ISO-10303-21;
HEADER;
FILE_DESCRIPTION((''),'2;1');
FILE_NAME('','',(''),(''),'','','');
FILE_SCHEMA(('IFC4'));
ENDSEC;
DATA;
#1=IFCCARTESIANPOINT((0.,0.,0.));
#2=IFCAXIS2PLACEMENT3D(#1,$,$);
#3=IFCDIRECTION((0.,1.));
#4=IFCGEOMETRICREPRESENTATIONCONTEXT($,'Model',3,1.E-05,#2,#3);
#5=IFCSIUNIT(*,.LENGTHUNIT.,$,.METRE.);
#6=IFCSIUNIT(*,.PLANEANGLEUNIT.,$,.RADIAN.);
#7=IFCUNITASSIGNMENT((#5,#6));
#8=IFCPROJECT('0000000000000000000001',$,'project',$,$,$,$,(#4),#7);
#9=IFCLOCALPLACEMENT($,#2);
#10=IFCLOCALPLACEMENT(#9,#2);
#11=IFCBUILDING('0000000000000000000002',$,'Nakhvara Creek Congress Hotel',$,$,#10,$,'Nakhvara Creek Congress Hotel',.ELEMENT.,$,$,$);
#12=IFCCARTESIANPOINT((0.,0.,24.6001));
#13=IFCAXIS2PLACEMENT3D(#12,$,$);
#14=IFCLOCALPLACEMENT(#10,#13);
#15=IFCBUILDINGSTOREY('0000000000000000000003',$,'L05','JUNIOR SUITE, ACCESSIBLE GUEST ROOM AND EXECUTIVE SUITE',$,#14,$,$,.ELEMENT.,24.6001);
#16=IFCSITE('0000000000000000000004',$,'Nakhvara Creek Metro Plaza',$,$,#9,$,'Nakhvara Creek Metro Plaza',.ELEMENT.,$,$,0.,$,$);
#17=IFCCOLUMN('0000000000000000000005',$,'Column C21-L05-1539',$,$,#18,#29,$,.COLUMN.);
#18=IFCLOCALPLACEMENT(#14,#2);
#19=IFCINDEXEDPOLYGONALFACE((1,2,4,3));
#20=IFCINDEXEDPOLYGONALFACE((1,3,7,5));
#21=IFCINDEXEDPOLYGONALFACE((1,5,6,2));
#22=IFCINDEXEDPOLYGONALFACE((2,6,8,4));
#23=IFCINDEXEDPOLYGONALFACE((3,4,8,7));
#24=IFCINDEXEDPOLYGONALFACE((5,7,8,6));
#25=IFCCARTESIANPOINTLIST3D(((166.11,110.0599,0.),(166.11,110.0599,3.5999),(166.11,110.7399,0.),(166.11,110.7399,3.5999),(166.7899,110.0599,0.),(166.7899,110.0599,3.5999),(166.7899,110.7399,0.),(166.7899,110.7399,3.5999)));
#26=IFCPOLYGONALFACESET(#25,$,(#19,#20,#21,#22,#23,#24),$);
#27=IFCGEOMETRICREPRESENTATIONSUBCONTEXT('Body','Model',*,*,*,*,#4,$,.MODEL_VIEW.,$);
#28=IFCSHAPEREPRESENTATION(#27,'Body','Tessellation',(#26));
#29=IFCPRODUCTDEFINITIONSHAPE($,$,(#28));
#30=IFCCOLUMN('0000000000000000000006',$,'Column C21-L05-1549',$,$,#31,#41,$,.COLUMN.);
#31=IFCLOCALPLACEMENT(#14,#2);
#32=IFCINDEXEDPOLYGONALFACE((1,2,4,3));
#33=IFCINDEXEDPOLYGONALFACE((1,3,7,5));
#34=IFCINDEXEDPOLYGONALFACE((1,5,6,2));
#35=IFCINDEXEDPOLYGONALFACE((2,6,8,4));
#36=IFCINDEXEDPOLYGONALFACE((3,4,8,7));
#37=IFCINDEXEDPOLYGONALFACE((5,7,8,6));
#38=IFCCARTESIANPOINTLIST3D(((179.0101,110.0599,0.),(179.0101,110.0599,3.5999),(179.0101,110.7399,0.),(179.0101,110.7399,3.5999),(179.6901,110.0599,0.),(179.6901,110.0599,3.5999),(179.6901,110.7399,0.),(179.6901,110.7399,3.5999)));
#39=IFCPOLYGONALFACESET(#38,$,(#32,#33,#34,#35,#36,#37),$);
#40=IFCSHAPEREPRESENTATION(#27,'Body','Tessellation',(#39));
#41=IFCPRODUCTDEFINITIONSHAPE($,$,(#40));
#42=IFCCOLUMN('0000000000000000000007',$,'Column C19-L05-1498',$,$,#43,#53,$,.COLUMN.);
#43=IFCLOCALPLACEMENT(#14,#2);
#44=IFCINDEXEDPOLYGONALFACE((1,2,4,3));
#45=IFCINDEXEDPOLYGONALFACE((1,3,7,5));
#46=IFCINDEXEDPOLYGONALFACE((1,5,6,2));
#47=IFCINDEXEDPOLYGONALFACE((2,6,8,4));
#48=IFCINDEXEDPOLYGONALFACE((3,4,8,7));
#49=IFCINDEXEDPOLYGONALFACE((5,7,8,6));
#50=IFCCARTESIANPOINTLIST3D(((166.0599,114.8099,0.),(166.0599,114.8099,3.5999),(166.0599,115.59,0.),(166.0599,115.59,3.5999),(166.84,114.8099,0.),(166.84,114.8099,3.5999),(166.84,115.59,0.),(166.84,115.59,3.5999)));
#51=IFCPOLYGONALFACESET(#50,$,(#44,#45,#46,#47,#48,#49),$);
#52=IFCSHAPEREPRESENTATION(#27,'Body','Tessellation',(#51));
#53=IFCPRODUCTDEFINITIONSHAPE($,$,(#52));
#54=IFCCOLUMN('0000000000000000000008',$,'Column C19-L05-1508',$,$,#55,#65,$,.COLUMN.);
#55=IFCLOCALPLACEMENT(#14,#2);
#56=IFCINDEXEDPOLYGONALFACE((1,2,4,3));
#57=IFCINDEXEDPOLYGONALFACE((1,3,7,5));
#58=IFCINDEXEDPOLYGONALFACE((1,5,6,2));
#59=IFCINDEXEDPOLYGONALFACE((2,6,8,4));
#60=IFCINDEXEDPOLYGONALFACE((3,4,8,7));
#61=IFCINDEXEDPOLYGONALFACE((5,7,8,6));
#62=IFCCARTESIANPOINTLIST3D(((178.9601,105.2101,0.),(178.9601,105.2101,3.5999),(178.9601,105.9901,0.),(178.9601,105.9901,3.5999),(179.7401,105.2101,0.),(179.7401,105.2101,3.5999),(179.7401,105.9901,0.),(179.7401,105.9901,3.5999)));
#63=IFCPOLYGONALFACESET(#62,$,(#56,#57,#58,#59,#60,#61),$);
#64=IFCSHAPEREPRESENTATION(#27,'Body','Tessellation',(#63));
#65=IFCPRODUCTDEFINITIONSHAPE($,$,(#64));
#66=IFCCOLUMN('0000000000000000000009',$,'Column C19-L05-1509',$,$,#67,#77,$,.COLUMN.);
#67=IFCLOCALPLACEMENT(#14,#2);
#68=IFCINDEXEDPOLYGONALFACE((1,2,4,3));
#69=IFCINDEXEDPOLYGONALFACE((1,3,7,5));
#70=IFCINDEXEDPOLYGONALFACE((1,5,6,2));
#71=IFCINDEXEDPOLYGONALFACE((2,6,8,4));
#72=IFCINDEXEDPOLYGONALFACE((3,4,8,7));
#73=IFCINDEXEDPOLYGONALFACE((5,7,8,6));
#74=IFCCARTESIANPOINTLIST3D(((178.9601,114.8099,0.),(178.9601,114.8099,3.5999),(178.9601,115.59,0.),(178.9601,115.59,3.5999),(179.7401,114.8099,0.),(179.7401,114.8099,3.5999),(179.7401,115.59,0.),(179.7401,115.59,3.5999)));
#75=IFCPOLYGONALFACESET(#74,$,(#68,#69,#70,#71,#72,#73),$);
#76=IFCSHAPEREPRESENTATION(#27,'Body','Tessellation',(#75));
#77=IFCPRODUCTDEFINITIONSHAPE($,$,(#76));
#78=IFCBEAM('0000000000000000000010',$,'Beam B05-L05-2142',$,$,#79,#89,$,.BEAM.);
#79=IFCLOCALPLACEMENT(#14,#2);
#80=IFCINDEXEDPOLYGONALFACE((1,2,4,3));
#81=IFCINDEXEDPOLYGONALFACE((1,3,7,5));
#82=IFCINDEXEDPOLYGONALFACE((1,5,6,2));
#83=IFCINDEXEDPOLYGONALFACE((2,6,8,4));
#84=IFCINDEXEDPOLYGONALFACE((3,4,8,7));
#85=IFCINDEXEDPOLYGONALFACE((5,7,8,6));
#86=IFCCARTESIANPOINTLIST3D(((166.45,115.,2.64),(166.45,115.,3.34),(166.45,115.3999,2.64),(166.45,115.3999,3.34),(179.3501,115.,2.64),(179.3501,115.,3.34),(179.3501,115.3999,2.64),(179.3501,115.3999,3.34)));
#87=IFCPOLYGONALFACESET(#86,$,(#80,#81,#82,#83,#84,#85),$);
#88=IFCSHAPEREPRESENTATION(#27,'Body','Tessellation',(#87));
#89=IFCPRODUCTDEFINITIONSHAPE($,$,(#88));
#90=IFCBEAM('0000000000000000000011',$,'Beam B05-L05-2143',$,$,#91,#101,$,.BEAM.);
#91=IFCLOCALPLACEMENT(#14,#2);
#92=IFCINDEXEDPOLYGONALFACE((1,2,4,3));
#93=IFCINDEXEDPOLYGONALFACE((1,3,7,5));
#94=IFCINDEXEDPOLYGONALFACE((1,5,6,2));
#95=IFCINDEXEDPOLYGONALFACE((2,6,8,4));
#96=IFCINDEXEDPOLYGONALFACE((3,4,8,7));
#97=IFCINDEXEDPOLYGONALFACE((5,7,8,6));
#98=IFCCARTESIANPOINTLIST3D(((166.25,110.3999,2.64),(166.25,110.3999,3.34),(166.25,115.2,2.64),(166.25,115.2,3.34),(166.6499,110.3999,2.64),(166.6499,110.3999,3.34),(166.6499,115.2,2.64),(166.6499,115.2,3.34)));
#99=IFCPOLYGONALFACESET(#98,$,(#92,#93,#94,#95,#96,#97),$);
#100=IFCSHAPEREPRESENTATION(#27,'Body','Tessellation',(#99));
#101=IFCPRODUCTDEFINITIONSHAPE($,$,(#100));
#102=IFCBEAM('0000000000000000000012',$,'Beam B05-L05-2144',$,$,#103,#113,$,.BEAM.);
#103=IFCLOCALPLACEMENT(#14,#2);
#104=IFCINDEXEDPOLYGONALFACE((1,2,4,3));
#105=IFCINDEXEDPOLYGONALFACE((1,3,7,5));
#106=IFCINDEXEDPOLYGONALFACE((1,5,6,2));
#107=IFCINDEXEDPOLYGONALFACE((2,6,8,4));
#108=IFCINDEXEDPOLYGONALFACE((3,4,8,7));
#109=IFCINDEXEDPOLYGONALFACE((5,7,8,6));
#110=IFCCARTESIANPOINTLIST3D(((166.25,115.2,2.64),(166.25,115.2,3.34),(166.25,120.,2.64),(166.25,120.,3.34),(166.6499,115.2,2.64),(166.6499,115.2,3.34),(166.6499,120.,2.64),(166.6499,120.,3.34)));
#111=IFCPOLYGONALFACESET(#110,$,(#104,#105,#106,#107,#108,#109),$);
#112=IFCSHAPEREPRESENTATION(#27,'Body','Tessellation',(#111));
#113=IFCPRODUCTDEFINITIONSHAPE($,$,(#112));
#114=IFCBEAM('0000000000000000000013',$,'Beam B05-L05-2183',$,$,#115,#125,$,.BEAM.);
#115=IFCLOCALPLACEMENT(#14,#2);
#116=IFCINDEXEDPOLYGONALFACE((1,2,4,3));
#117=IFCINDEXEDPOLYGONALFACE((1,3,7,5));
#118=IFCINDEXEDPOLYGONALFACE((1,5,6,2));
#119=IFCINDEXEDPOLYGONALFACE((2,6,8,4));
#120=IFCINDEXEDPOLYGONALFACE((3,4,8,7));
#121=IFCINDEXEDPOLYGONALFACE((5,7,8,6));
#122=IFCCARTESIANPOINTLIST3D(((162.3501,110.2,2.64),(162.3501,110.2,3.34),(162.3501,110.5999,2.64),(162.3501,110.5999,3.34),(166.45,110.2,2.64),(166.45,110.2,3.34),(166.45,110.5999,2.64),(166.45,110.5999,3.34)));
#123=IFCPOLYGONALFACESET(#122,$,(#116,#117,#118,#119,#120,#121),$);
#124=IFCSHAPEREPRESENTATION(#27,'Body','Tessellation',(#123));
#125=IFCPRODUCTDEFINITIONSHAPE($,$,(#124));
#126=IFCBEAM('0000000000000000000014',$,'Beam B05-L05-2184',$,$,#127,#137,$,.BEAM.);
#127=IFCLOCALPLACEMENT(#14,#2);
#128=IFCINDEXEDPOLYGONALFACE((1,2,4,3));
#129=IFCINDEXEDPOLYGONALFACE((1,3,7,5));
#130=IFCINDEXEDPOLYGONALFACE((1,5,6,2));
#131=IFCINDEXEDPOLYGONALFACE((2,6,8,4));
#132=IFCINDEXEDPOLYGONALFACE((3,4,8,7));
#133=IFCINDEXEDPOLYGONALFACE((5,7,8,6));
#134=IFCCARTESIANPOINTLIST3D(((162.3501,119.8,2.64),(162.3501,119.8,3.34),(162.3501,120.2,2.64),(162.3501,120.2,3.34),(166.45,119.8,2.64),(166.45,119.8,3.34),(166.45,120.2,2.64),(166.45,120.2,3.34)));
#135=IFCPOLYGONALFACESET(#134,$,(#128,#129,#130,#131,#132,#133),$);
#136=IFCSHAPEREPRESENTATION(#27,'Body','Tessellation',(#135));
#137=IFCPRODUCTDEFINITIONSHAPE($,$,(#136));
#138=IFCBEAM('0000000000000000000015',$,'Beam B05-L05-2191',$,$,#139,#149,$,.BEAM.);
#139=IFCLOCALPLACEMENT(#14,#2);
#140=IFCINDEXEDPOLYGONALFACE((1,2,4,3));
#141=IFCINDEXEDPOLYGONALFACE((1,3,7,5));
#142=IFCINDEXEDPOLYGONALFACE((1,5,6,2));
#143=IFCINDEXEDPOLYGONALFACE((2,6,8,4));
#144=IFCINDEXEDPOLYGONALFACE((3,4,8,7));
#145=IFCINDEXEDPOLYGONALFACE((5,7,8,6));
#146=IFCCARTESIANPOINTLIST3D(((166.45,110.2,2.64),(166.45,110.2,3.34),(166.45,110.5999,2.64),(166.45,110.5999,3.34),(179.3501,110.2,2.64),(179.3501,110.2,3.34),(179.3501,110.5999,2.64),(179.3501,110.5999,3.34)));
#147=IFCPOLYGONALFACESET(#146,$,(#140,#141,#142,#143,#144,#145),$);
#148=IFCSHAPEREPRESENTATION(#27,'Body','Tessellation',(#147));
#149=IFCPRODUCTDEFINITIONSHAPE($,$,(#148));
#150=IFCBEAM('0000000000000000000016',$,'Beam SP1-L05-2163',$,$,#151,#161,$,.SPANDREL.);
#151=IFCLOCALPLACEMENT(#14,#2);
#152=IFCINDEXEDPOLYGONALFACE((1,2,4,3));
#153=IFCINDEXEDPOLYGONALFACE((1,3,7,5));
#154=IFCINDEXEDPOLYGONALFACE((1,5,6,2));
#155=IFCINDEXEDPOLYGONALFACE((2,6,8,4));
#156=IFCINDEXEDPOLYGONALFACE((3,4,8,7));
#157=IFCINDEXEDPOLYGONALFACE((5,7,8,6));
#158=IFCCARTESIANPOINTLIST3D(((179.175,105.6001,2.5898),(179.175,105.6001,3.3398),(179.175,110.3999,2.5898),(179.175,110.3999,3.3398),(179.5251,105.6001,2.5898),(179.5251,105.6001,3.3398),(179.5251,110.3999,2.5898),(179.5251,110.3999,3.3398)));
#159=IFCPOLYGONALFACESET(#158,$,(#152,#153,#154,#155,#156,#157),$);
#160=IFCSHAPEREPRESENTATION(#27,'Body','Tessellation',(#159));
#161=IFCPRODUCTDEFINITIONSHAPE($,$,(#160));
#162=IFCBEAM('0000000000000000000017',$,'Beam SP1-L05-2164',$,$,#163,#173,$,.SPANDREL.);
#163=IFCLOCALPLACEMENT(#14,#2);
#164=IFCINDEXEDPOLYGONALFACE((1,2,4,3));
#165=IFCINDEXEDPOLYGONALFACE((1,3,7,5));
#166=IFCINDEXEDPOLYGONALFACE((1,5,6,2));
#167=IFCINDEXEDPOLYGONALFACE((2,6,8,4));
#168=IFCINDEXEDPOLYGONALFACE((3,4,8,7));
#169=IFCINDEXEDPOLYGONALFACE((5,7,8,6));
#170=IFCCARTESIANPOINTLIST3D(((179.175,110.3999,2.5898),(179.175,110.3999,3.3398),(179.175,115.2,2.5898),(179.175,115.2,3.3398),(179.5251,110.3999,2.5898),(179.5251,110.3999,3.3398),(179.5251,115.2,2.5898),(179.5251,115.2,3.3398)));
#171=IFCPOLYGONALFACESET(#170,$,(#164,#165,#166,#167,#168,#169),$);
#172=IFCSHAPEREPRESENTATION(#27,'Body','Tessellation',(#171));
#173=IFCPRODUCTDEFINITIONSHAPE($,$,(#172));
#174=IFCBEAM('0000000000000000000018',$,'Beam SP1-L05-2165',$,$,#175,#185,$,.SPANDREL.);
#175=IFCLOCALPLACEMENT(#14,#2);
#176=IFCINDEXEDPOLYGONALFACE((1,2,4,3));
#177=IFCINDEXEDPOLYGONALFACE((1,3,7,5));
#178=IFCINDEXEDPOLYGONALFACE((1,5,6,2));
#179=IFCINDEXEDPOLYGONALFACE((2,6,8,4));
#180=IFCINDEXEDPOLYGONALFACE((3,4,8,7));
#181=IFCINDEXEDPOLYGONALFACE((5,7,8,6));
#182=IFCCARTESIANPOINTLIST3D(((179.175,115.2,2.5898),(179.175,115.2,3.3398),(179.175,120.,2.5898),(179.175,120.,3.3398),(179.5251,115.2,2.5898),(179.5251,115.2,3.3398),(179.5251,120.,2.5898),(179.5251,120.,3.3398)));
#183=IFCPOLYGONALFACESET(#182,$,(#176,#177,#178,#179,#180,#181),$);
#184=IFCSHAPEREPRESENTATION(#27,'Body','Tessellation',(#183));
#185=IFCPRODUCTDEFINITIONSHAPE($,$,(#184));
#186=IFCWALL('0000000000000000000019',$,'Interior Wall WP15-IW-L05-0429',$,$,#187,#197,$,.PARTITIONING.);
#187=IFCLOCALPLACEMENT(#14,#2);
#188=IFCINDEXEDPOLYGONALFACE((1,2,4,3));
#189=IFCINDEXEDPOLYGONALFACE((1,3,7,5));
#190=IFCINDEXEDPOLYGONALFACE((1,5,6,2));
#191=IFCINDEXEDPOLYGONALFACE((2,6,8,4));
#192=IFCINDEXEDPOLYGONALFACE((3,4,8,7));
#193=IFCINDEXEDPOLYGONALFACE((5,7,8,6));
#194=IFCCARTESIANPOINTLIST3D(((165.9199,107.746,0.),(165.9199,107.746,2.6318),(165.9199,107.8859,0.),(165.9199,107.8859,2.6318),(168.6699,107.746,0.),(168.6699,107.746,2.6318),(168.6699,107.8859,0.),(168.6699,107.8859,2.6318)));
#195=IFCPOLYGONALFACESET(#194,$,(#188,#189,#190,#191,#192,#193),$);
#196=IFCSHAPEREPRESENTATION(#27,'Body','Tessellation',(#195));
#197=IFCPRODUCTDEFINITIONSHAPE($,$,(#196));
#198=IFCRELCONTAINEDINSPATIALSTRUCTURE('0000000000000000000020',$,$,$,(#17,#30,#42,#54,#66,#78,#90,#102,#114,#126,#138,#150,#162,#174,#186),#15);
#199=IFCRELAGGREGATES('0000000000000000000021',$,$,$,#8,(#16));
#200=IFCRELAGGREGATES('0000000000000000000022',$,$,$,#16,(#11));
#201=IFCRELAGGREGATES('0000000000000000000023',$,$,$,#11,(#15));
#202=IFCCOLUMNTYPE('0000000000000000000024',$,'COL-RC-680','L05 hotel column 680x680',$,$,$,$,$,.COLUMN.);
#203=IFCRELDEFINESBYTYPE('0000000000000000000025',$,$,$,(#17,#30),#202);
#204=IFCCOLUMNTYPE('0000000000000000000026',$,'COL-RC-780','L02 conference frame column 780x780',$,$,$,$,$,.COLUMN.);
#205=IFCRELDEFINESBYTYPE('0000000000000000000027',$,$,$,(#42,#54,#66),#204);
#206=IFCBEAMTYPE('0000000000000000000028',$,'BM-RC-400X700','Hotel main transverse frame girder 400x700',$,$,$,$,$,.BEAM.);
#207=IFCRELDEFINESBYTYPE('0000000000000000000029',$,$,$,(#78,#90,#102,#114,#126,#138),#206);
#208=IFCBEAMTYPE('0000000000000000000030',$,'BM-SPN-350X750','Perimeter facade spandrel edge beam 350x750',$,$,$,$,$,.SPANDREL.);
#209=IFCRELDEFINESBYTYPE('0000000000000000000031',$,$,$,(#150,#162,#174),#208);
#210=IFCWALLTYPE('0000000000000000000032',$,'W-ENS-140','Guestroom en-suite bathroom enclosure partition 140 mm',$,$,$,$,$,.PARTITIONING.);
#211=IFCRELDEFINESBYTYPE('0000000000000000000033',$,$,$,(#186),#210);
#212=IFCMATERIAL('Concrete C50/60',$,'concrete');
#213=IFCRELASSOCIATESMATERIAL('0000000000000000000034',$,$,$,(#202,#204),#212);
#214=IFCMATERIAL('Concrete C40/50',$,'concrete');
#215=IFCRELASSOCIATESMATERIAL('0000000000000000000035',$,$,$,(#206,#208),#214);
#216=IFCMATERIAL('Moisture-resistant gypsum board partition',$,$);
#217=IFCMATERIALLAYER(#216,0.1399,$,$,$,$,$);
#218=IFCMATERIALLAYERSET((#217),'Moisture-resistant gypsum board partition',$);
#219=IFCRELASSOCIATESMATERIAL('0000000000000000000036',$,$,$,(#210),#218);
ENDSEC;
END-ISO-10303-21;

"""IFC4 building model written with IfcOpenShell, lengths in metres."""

from ifc_helpers import new_model, si_unit, direction, frame, frame_2d, origin, origin_2d, place, context, subcontext, project, spatial, rectangle, extrude, material, layer, layer_set, material_profile, profile_set, type_object, element, save


model = new_model("IFC4")

# Units and contexts
model_context = context("Model", 3, precision=1e-05, world=origin(), true_north=direction((0.0, 1.0)))
body_context = subcontext(model_context, "Body", "Model", "MODEL_VIEW")
ifc_project = project(units=[si_unit("LENGTHUNIT", "METRE"), si_unit("PLANEANGLEUNIT", "RADIAN")], contexts=[model_context])

# Site, building, storey
site_placement = place(None, origin())
site = spatial("IfcSite", under=ifc_project, at=site_placement, Name="Nakhvara Creek Metro Plaza", LongName="Nakhvara Creek Metro Plaza", CompositionType="ELEMENT", RefElevation=0.0)
building_placement = place(site_placement, origin())
building = spatial("IfcBuilding", under=site, at=building_placement, Name="Nakhvara Creek Congress Hotel", LongName="Nakhvara Creek Congress Hotel", CompositionType="ELEMENT")
storey_placement = place(building_placement, frame((0.0, 0.0, 24.6001)))
storey = spatial("IfcBuildingStorey", under=building, at=storey_placement, Name="L05", Description="JUNIOR SUITE, ACCESSIBLE GUEST ROOM AND EXECUTIVE SUITE", CompositionType="ELEMENT", Elevation=24.6001)

# Columns
ifc_material_1 = material(Name="Concrete C50/60", Category="concrete")
ifc_material_profile_1 = material_profile(ifc_material_1, rectangle(XDim=0.6799, YDim=0.6799, at=origin_2d()), Name="RC-COL 680x680", Category="LoadBearing")
ifc_profile_set_1 = profile_set([ifc_material_profile_1], Name="Concrete C50/60")
column_type_1 = type_object("IfcColumnType", Name="COL-RC-680", Description="L05 hotel column 680x680", PredefinedType="COLUMN", material=ifc_profile_set_1)
for number, where, z_axis, x_axis, name in (
    (1, (166.45, 110.3999, 0.0), (0.0, 0.0, 1.0), (1.0, 0.0, 0.0), "Column C21-L05-1539"),
    (2, (179.3501, 110.3999, 0.0), (0.0, 0.0, 1.0), (1.0, 0.0, 0.0), "Column C21-L05-1549"),
):
    element("IfcColumn", number, at=place(storey_placement, frame(where, z_axis=z_axis, x_axis=x_axis)), inside=storey, type_object=column_type_1, Name=name, PredefinedType="COLUMN", context=body_context, shape_type="SweptSolid", body=[
        extrude(rectangle(XDim=0.6799, YDim=0.6799, at=origin_2d()), origin(), (0.0, 0.0, 1.0), 3.5999),
    ])
ifc_material_profile_2 = material_profile(ifc_material_1, rectangle(XDim=0.78, YDim=0.78, at=origin_2d()), Name="RC-COL 780x780", Category="LoadBearing")
ifc_profile_set_2 = profile_set([ifc_material_profile_2], Name="Concrete C50/60")
column_type_2 = type_object("IfcColumnType", Name="COL-RC-780", Description="L02 conference frame column 780x780", PredefinedType="COLUMN", material=ifc_profile_set_2)
for number, where, z_axis, x_axis, name in (
    (3, (166.45, 115.2, 0.0), (0.0, 0.0, 1.0), (1.0, 0.0, 0.0), "Column C19-L05-1498"),
    (4, (179.3501, 105.6001, 0.0), (0.0, 0.0, 1.0), (1.0, 0.0, 0.0), "Column C19-L05-1508"),
    (5, (179.3501, 115.2, 0.0), (0.0, 0.0, 1.0), (1.0, 0.0, 0.0), "Column C19-L05-1509"),
):
    element("IfcColumn", number, at=place(storey_placement, frame(where, z_axis=z_axis, x_axis=x_axis)), inside=storey, type_object=column_type_2, Name=name, PredefinedType="COLUMN", context=body_context, shape_type="SweptSolid", body=[
        extrude(rectangle(XDim=0.78, YDim=0.78, at=origin_2d()), origin(), (0.0, 0.0, 1.0), 3.5999),
    ])

# Beams
ifc_material_2 = material(Name="Concrete C40/50", Category="concrete")
ifc_material_profile_3 = material_profile(ifc_material_2, rectangle(XDim=0.3999, YDim=0.7, at=origin_2d()), Name="RC-BM 400x700", Category="LoadBearing")
ifc_profile_set_3 = profile_set([ifc_material_profile_3], Name="Concrete C40/50")
beam_type_1 = type_object("IfcBeamType", Name="BM-RC-400X700", Description="Hotel main transverse frame girder 400x700", PredefinedType="BEAM", material=ifc_profile_set_3)
beam_1_placement = place(storey_placement, frame((166.45, 115.2, 2.99), z_axis=(1.0, 0.0, 0.0), x_axis=(0.0, 1.0, 0.0)))
element("IfcBeam", 6, at=beam_1_placement, inside=storey, type_object=beam_type_1, Name="Beam B05-L05-2142", PredefinedType="BEAM", context=body_context, shape_type="SweptSolid", body=[
    extrude(rectangle(XDim=0.3999, YDim=0.7, at=origin_2d()), origin(), (0.0, 0.0, 1.0), 12.9001),
])
for number, where, z_axis, x_axis, name in (
    (7, (166.45, 110.3999, 2.99), (0.0, 1.0, 0.0), (-1.0, 0.0, 0.0), "Beam B05-L05-2143"),
    (8, (166.45, 115.2, 2.99), (0.0, 1.0, 0.0), (-1.0, 0.0, 0.0), "Beam B05-L05-2144"),
):
    element("IfcBeam", number, at=place(storey_placement, frame(where, z_axis=z_axis, x_axis=x_axis)), inside=storey, type_object=beam_type_1, Name=name, PredefinedType="BEAM", context=body_context, shape_type="SweptSolid", body=[
        extrude(rectangle(XDim=0.3999, YDim=0.7, at=origin_2d()), origin(), (0.0, 0.0, 1.0), 4.8),
    ])
for number, where, z_axis, x_axis, name in (
    (9, (162.3501, 110.3999, 2.99), (1.0, 0.0, 0.0), (0.0, 1.0, 0.0), "Beam B05-L05-2183"),
    (10, (162.3501, 120.0, 2.99), (1.0, 0.0, 0.0), (0.0, 1.0, 0.0), "Beam B05-L05-2184"),
):
    element("IfcBeam", number, at=place(storey_placement, frame(where, z_axis=z_axis, x_axis=x_axis)), inside=storey, type_object=beam_type_1, Name=name, PredefinedType="BEAM", context=body_context, shape_type="SweptSolid", body=[
        extrude(rectangle(XDim=0.3999, YDim=0.7, at=origin_2d()), origin(), (0.0, 0.0, 1.0), 4.0999),
    ])
beam_2_placement = place(storey_placement, frame((166.45, 110.3999, 2.99), z_axis=(1.0, 0.0, 0.0), x_axis=(0.0, 1.0, 0.0)))
element("IfcBeam", 11, at=beam_2_placement, inside=storey, type_object=beam_type_1, Name="Beam B05-L05-2191", PredefinedType="BEAM", context=body_context, shape_type="SweptSolid", body=[
    extrude(rectangle(XDim=0.3999, YDim=0.7, at=origin_2d()), origin(), (0.0, 0.0, 1.0), 12.9001),
])
ifc_material_profile_4 = material_profile(ifc_material_2, rectangle(XDim=0.3501, YDim=0.75, at=origin_2d()), Name="RC-SPANDREL 350x750", Category="LoadBearing")
ifc_profile_set_4 = profile_set([ifc_material_profile_4], Name="Concrete C40/50")
beam_type_2 = type_object("IfcBeamType", Name="BM-SPN-350X750", Description="Perimeter facade spandrel edge beam 350x750", PredefinedType="SPANDREL", material=ifc_profile_set_4)
beam_3_placement = place(storey_placement, frame((179.3501, 105.6001, 2.9648), z_axis=(0.0, 1.0, 0.0), x_axis=(-1.0, 0.0, 0.0)))
element("IfcBeam", 12, at=beam_3_placement, inside=storey, type_object=beam_type_2, Name="Beam SP1-L05-2163", PredefinedType="SPANDREL", context=body_context, shape_type="SweptSolid", body=[
    extrude(rectangle(XDim=0.3501, YDim=0.75, at=origin_2d()), origin(), (0.0, 0.0, 1.0), 4.7998),
])
for number, where, z_axis, x_axis, name in (
    (13, (179.3501, 110.3999, 2.9648), (0.0, 1.0, 0.0), (-1.0, 0.0, 0.0), "Beam SP1-L05-2164"),
    (14, (179.3501, 115.2, 2.9648), (0.0, 1.0, 0.0), (-1.0, 0.0, 0.0), "Beam SP1-L05-2165"),
):
    element("IfcBeam", number, at=place(storey_placement, frame(where, z_axis=z_axis, x_axis=x_axis)), inside=storey, type_object=beam_type_2, Name=name, PredefinedType="SPANDREL", context=body_context, shape_type="SweptSolid", body=[
        extrude(rectangle(XDim=0.3501, YDim=0.75, at=origin_2d()), origin(), (0.0, 0.0, 1.0), 4.8),
    ])

# Shared definitions
ifc_material_3 = material(Name="Moisture-resistant gypsum board partition")
ifc_layer_1 = layer(ifc_material_3, 0.1399)
ifc_layer_set_1 = layer_set([ifc_layer_1], Name="Moisture-resistant gypsum board partition")
wall_type_1 = type_object("IfcWallType", Name="W-ENS-140", Description="Guestroom en-suite bathroom enclosure partition 140 mm", PredefinedType="PARTITIONING", material=ifc_layer_set_1)

# Wall
wall_1_placement = place(storey_placement, frame((165.9199, 107.8159, 0.0), z_axis=(0.0, 0.0, 1.0), x_axis=(1.0, 0.0, 0.0)))
element("IfcWall", 15, at=wall_1_placement, inside=storey, type_object=wall_type_1, Name="Interior Wall WP15-IW-L05-0429", PredefinedType="PARTITIONING", context=body_context, shape_type="SweptSolid", body=[
    extrude(rectangle(XDim=2.75, YDim=0.1399, at=frame_2d((1.375, 0.0))), origin(), (0.0, 0.0, 1.0), 2.6318),
])

save(model, "model.ifc")
